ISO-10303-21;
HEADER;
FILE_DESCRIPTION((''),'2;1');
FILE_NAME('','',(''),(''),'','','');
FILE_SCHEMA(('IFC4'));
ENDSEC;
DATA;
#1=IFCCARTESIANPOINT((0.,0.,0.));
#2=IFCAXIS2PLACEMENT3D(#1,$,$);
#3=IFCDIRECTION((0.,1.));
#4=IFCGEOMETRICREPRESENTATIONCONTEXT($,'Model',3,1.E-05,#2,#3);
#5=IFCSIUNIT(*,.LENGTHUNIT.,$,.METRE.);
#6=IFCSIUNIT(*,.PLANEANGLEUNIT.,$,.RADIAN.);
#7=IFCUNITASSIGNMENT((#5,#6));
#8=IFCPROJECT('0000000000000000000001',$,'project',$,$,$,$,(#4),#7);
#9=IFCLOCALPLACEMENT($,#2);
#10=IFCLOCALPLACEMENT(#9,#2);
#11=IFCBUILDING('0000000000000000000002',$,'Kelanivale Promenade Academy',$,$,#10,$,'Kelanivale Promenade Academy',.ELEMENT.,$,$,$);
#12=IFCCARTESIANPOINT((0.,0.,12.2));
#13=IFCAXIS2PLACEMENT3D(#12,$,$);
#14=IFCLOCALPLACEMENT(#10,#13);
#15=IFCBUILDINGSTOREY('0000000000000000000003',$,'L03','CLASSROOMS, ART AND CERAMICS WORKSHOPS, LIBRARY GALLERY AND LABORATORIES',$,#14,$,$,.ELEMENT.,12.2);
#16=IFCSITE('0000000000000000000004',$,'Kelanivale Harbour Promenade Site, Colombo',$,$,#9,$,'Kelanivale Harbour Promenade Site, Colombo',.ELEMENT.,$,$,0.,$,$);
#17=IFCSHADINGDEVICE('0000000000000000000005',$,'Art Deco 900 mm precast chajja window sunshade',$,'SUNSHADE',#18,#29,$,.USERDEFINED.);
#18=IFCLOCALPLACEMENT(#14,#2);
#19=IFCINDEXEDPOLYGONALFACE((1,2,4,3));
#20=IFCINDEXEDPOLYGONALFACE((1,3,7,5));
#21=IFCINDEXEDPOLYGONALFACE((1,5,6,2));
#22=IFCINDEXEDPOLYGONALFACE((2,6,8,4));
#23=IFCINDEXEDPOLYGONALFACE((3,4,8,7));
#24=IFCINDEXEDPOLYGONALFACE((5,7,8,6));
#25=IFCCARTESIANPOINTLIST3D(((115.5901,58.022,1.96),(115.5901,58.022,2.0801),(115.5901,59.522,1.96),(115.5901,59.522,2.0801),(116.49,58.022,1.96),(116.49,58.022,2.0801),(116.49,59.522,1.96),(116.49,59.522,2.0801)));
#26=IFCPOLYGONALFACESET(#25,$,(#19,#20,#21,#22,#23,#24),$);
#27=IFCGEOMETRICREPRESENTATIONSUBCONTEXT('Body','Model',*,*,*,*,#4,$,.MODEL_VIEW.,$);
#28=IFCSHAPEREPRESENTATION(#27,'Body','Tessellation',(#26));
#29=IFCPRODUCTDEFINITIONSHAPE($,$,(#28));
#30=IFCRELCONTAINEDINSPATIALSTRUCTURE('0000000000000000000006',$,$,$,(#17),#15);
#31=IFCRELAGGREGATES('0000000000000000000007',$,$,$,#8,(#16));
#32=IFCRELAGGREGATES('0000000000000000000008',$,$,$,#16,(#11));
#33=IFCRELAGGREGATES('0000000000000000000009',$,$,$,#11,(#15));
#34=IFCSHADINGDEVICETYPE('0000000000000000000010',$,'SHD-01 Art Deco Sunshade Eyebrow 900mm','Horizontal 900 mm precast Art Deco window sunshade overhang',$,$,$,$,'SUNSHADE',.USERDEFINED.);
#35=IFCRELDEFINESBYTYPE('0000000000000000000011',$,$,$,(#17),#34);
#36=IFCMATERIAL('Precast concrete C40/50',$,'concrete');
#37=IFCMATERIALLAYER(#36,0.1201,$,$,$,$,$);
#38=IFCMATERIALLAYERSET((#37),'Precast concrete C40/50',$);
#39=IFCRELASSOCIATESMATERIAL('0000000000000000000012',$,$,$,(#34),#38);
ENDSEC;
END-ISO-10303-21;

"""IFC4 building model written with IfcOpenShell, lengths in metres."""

from ifc_helpers import new_model, si_unit, direction, frame, origin, origin_2d, place, context, subcontext, project, spatial, rectangle, extrude, material, layer, layer_set, type_object, element, save


model = new_model("IFC4")

# Units and contexts
model_context = context("Model", 3, precision=1e-05, world=origin(), true_north=direction((0.0, 1.0)))
body_context = subcontext(model_context, "Body", "Model", "MODEL_VIEW")
ifc_project = project(units=[si_unit("LENGTHUNIT", "METRE"), si_unit("PLANEANGLEUNIT", "RADIAN")], contexts=[model_context])

# Site, building, storey
site_placement = place(None, origin())
site = spatial("IfcSite", under=ifc_project, at=site_placement, Name="Kelanivale Harbour Promenade Site, Colombo", LongName="Kelanivale Harbour Promenade Site, Colombo", CompositionType="ELEMENT", RefElevation=0.0)
building_placement = place(site_placement, origin())
building = spatial("IfcBuilding", under=site, at=building_placement, Name="Kelanivale Promenade Academy", LongName="Kelanivale Promenade Academy", CompositionType="ELEMENT")
storey_placement = place(building_placement, frame((0.0, 0.0, 12.2)))
storey = spatial("IfcBuildingStorey", under=building, at=storey_placement, Name="L03", Description="CLASSROOMS, ART AND CERAMICS WORKSHOPS, LIBRARY GALLERY AND LABORATORIES", CompositionType="ELEMENT", Elevation=12.2)

# Shading device
ifc_material_1 = material(Name="Precast concrete C40/50", Category="concrete")
ifc_layer_1 = layer(ifc_material_1, 0.1201)
ifc_layer_set_1 = layer_set([ifc_layer_1], Name="Precast concrete C40/50")
shading_device_type = type_object("IfcShadingDeviceType", Name="SHD-01 Art Deco Sunshade Eyebrow 900mm", Description="Horizontal 900 mm precast Art Deco window sunshade overhang", ElementType="SUNSHADE", PredefinedType="USERDEFINED", material=ifc_layer_set_1)
shading_device_placement = place(storey_placement, frame((116.04, 58.772, 1.96), z_axis=(0.0, 0.0, 1.0), x_axis=(0.0, 1.0, 0.0)))
element("IfcShadingDevice", 1, at=shading_device_placement, inside=storey, type_object=shading_device_type, Name="Art Deco 900 mm precast chajja window sunshade", ObjectType="SUNSHADE", PredefinedType="USERDEFINED", context=body_context, shape_type="SweptSolid", body=[
    extrude(rectangle(XDim=1.5, YDim=0.8999, at=origin_2d()), origin(), (0.0, 0.0, 1.0), 0.1201),
])

save(model, "model.ifc")
